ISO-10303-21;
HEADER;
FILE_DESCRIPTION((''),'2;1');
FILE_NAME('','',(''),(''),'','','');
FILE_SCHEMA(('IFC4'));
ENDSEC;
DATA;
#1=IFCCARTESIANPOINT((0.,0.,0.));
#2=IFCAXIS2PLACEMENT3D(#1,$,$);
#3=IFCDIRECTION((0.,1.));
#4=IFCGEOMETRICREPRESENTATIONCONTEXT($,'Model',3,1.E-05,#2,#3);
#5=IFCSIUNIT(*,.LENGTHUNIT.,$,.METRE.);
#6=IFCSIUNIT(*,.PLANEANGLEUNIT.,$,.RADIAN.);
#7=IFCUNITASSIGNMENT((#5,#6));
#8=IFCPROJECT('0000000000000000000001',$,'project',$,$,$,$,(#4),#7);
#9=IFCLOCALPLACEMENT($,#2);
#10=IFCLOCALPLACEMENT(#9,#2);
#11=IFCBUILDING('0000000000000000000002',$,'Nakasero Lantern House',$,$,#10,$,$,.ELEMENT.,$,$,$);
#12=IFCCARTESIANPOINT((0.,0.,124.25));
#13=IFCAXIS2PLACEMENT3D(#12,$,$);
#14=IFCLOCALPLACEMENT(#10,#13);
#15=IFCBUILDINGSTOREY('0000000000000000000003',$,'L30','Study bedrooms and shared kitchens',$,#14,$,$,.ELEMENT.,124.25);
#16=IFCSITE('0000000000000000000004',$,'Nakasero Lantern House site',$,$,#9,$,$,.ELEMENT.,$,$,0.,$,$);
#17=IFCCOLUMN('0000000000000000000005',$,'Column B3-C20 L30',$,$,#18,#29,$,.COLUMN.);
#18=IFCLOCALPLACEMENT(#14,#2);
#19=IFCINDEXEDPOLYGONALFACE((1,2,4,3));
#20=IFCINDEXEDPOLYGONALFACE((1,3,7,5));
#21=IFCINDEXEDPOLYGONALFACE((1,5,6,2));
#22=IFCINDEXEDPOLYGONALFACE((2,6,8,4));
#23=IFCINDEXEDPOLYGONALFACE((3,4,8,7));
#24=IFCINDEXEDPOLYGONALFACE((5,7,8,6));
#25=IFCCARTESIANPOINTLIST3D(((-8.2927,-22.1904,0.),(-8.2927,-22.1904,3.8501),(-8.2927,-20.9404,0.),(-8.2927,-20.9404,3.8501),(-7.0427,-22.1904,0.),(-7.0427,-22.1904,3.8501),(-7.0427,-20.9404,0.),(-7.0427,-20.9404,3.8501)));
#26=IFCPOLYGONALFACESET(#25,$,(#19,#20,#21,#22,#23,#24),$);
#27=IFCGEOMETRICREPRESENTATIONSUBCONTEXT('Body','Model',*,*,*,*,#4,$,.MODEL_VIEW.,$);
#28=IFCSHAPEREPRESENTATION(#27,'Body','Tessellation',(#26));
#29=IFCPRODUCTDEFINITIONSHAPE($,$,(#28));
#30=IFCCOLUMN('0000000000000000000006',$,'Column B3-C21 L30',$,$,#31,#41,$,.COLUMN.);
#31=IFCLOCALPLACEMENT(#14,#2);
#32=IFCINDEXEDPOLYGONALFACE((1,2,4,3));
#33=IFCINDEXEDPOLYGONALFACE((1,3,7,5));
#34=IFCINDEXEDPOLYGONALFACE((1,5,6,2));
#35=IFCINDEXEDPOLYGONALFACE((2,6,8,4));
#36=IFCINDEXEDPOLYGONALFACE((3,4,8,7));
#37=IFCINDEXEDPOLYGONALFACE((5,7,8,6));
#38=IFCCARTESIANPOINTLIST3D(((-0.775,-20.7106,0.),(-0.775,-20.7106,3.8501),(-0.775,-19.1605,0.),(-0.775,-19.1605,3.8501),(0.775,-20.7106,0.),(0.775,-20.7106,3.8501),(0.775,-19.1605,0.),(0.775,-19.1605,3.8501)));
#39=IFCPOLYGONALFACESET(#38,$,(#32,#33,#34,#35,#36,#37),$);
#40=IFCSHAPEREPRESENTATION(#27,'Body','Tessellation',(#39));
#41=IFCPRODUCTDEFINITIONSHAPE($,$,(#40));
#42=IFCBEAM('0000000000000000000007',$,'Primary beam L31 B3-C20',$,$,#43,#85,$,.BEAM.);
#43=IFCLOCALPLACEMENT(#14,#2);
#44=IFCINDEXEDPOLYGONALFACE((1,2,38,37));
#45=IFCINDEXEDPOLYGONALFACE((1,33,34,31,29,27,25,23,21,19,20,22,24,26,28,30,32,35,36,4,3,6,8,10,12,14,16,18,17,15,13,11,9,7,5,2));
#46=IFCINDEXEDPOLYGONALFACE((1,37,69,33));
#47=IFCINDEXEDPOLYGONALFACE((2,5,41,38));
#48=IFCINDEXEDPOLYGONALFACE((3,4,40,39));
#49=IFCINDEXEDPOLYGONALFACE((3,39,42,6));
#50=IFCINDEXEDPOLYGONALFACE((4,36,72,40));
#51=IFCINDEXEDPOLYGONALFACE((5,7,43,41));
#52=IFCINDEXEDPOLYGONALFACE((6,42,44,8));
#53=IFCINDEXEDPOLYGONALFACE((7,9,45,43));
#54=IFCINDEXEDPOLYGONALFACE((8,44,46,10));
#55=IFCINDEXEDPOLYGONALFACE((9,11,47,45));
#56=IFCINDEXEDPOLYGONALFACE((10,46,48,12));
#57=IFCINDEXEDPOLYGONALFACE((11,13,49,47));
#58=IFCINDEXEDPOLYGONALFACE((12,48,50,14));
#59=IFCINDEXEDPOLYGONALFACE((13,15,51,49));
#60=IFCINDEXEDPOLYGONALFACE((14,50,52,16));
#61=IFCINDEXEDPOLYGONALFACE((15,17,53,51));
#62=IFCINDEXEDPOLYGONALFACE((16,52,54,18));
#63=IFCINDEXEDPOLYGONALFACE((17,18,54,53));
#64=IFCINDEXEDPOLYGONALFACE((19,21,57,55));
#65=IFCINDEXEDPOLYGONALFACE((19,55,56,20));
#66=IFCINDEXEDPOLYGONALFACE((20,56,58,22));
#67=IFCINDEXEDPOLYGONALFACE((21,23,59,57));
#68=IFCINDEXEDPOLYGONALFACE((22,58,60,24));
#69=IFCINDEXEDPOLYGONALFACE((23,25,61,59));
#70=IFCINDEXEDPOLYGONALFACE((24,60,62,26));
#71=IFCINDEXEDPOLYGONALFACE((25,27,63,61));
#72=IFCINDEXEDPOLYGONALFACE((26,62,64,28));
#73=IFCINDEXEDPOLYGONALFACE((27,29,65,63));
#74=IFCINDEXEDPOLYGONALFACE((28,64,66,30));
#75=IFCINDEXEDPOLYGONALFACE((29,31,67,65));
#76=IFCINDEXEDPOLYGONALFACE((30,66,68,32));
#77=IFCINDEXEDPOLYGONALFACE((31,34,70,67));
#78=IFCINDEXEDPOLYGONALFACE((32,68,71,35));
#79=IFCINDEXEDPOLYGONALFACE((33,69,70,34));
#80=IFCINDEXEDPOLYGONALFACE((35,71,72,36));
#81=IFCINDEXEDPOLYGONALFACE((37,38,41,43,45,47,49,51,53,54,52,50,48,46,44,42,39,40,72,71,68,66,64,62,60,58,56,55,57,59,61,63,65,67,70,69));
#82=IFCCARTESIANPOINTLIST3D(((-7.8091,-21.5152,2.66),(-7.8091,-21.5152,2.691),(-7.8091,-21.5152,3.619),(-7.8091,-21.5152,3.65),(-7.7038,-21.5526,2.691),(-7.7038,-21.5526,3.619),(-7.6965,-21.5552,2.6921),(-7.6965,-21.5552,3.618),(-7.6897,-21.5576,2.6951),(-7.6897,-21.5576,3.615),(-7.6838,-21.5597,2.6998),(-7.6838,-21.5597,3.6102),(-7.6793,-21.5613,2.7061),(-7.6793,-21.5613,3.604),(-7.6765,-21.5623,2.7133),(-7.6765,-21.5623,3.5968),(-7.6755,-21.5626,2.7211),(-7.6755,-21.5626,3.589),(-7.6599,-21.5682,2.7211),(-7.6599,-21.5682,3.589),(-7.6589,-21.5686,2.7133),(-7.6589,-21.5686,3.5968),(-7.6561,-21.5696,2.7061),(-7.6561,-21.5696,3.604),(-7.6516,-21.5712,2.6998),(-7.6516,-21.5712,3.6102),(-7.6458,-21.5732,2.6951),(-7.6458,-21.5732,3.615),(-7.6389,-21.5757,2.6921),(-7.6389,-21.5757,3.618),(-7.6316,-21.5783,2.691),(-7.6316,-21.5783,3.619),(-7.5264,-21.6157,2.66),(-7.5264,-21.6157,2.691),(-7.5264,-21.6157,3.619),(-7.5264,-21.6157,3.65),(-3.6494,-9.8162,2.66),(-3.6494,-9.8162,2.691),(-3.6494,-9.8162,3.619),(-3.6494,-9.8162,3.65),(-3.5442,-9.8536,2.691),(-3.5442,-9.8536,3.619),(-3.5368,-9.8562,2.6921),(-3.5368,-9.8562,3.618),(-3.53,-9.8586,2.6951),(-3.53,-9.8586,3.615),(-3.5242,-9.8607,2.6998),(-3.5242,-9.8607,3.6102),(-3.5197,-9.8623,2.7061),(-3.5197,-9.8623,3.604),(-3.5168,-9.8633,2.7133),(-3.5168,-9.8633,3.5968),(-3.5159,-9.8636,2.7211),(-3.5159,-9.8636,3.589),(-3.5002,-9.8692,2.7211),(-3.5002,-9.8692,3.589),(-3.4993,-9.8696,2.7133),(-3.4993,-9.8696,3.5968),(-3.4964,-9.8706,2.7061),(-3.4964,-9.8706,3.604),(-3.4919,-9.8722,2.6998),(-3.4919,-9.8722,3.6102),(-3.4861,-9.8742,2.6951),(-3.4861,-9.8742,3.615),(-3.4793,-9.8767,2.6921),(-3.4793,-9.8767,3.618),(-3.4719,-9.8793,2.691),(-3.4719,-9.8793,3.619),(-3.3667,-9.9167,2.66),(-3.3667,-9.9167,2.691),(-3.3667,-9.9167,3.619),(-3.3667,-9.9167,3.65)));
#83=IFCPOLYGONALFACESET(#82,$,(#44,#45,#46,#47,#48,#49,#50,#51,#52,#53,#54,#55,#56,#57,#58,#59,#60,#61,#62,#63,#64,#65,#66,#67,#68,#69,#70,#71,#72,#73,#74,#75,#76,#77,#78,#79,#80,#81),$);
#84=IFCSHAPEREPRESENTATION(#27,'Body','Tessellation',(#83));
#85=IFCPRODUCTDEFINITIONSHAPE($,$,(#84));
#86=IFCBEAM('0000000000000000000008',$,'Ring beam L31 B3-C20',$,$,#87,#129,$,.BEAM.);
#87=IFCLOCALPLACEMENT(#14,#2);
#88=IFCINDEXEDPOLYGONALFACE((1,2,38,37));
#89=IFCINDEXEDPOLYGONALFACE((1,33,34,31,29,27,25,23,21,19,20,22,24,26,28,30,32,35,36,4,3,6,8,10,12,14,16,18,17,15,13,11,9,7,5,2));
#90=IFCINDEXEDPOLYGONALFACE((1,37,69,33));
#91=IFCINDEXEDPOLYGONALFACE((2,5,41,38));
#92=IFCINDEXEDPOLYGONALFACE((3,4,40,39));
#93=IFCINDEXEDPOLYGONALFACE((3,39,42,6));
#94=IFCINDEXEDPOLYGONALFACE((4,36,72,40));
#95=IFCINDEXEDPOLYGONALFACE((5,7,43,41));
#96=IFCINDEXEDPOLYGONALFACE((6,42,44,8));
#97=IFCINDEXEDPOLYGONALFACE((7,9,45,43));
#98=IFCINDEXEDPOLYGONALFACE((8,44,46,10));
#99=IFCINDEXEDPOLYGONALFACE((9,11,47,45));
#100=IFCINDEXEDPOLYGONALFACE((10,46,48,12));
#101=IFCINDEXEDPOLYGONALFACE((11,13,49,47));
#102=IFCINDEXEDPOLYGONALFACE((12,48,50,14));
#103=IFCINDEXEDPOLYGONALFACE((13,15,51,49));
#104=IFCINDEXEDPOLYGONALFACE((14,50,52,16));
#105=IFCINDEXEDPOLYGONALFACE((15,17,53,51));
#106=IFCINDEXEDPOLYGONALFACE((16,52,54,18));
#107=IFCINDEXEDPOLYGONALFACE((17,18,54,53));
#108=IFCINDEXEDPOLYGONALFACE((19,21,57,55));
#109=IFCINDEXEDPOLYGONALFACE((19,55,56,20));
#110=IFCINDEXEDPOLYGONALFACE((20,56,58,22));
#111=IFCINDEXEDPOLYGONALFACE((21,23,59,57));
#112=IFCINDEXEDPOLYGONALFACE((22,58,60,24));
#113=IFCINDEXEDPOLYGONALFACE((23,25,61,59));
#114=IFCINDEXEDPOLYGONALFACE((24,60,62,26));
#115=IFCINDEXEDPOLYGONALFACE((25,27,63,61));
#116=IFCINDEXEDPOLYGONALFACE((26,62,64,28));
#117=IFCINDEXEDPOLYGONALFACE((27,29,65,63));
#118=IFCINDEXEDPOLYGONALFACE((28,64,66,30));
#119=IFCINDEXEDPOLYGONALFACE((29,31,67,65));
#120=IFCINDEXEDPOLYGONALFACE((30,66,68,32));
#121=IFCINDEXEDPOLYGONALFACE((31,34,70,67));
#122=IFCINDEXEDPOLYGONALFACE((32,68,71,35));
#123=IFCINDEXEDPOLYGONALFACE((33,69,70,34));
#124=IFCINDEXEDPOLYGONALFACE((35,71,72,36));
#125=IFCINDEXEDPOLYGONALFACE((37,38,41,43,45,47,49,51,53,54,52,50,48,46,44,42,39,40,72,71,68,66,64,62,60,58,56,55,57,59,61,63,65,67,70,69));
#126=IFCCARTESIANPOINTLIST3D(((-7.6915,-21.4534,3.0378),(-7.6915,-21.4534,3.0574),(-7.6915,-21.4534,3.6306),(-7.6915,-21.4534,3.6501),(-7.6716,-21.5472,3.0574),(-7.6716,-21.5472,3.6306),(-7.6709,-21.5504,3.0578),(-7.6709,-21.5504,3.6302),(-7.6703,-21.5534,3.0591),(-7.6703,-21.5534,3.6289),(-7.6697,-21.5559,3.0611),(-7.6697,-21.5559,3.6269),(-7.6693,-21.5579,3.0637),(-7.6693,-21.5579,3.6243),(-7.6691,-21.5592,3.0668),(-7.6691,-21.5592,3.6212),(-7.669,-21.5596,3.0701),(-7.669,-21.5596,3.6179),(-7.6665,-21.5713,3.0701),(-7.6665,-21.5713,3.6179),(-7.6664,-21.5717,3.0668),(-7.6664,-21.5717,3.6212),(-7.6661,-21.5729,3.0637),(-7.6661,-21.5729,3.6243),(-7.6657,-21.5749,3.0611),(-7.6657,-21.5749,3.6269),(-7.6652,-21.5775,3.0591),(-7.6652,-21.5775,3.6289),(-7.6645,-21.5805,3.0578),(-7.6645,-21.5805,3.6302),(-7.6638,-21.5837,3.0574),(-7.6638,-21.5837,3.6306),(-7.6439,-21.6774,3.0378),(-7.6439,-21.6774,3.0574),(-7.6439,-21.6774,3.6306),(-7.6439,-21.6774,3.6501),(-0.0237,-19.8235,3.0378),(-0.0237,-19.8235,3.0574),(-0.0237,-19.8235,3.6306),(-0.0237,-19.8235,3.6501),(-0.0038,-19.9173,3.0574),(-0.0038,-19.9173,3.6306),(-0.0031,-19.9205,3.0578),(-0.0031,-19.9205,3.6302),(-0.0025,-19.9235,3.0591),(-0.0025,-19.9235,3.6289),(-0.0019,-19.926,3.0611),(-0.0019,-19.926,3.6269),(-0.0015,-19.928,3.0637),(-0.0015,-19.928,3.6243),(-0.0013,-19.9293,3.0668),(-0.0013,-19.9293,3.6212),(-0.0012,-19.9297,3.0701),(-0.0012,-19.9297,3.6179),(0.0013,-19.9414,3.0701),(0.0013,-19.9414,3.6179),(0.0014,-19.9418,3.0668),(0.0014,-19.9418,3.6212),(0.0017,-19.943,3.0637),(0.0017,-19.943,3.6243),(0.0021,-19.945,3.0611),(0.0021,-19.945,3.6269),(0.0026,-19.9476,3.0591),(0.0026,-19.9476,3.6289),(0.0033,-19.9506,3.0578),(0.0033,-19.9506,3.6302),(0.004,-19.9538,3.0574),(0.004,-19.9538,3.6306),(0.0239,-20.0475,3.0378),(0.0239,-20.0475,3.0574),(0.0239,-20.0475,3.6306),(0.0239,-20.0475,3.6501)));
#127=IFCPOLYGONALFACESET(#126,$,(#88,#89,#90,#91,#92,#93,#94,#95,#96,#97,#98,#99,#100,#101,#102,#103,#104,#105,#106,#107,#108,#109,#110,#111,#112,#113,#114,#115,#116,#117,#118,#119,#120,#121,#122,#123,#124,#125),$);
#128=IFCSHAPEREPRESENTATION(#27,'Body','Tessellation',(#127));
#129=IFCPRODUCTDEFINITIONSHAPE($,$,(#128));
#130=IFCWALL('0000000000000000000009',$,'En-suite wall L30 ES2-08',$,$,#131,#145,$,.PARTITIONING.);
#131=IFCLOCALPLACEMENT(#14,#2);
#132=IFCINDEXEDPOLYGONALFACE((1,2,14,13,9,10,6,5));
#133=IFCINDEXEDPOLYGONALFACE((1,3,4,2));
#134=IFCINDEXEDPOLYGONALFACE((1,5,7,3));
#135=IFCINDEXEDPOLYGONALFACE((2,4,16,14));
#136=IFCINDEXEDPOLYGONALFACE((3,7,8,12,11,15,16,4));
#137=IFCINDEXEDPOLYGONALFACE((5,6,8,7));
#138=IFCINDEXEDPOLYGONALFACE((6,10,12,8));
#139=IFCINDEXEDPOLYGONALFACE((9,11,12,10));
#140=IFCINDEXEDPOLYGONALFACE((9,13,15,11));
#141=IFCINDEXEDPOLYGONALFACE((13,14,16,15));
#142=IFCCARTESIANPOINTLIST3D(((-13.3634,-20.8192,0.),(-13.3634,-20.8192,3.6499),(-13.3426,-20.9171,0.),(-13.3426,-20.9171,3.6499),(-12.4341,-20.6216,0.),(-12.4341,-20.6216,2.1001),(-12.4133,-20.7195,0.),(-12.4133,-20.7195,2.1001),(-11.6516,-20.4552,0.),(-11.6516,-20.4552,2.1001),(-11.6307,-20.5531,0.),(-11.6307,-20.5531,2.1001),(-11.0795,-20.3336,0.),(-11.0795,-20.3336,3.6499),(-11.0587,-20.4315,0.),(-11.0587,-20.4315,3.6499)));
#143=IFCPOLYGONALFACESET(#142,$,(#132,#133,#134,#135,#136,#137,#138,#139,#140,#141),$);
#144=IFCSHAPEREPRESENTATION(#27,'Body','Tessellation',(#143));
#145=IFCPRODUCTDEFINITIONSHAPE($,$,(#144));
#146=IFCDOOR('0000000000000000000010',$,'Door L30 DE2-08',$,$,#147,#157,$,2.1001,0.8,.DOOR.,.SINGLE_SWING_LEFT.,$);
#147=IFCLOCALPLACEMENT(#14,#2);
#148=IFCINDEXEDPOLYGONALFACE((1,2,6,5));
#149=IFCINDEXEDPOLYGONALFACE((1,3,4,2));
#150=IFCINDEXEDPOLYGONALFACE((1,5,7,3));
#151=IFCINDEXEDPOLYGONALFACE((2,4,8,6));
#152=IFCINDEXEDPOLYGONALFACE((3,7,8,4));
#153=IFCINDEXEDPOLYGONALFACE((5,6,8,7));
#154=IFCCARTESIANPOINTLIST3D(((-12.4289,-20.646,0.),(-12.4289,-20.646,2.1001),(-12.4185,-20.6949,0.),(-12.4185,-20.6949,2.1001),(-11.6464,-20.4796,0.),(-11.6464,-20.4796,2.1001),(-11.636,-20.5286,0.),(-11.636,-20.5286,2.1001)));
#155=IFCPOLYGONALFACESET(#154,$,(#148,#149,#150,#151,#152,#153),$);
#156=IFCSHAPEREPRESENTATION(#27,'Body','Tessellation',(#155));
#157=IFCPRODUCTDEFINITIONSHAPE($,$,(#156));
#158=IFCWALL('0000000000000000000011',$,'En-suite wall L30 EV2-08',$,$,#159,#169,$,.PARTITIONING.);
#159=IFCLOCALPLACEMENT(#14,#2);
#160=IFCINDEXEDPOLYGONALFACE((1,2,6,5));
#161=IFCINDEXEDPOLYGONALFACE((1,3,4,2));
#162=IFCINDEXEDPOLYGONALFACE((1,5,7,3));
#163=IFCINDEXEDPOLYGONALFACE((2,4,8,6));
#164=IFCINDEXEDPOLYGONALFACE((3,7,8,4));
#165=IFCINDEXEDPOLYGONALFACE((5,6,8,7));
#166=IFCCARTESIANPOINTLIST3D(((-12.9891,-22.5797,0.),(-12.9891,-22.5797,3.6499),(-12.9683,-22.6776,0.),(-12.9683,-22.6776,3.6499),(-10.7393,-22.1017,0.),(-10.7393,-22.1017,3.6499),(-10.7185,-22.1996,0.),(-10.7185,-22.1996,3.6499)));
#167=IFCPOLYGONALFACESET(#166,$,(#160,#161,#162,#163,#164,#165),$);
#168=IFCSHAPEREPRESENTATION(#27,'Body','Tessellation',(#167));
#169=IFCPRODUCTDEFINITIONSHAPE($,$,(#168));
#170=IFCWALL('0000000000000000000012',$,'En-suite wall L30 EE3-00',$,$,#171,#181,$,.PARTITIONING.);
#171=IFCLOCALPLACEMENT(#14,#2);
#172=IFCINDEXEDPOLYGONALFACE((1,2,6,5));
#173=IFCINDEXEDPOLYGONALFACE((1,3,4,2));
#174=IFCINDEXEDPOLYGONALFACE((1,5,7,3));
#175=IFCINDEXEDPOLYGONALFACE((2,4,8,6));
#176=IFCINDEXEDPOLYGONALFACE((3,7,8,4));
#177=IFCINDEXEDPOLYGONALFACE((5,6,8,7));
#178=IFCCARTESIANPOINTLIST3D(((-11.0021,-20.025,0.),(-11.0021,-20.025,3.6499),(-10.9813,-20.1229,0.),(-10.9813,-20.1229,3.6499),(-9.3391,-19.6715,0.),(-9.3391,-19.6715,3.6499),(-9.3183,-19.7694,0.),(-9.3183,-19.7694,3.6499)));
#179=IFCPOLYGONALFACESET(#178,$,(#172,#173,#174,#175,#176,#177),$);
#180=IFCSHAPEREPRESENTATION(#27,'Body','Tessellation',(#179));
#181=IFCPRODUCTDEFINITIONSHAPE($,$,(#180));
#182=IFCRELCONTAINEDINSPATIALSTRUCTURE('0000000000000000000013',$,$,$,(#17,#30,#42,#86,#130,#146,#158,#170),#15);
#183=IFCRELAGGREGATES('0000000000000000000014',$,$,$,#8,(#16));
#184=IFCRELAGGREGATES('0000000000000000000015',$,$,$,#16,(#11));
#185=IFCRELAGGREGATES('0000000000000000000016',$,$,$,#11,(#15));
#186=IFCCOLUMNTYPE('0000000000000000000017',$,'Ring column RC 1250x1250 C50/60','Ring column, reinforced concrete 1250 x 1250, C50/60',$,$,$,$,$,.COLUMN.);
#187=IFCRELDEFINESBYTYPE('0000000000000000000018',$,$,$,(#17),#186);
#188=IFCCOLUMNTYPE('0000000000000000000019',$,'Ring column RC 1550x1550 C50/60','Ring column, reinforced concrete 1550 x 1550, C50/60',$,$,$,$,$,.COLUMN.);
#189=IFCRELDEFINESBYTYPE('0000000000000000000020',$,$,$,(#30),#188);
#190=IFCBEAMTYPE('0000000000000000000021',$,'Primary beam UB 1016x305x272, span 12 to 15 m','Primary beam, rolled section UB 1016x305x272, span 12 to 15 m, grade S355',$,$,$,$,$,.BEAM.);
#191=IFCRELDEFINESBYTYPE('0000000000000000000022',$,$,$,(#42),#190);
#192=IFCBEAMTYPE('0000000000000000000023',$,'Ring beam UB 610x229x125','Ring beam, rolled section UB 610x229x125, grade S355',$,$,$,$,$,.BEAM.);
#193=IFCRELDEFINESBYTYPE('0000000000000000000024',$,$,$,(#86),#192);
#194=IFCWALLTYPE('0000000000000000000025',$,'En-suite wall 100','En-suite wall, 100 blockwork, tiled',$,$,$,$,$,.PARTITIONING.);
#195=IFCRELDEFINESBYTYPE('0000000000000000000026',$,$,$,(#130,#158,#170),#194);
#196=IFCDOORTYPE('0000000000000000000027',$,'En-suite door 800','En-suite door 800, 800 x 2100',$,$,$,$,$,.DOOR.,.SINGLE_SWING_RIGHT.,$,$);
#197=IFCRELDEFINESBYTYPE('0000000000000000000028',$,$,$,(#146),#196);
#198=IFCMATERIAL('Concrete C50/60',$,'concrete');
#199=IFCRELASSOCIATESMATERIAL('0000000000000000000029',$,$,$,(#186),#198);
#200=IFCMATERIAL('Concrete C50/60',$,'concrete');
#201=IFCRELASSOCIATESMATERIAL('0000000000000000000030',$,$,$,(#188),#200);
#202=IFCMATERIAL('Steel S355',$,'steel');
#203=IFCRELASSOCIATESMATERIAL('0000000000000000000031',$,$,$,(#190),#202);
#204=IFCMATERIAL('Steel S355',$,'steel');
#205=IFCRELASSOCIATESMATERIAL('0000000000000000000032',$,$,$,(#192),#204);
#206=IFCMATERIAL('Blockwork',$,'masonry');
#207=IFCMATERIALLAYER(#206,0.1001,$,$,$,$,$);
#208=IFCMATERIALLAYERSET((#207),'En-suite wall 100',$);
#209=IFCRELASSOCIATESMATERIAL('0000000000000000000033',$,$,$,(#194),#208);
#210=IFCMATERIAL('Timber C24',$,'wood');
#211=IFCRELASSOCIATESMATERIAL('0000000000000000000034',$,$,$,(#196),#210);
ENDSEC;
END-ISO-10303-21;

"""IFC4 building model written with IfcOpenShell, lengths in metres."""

from ifc_helpers import new_model, si_unit, direction, frame, frame_2d, origin, origin_2d, place, context, subcontext, project, spatial, rectangle, i_section, extrude, material, layer, layer_set, material_profile, profile_set, type_object, element, fill, save


model = new_model("IFC4")

# Units and contexts
model_context = context("Model", 3, precision=1e-05, world=origin(), true_north=direction((0.0, 1.0)))
body_context = subcontext(model_context, "Body", "Model", "MODEL_VIEW")
ifc_project = project(units=[si_unit("LENGTHUNIT", "METRE"), si_unit("PLANEANGLEUNIT", "RADIAN")], contexts=[model_context])

# Site, building, storey
site_placement = place(None, origin())
site = spatial("IfcSite", under=ifc_project, at=site_placement, Name="Nakasero Lantern House site", CompositionType="ELEMENT", RefElevation=0.0)
building_placement = place(site_placement, origin())
building = spatial("IfcBuilding", under=site, at=building_placement, Name="Nakasero Lantern House", CompositionType="ELEMENT")
storey_placement = place(building_placement, frame((0.0, 0.0, 124.25)))
storey = spatial("IfcBuildingStorey", under=building, at=storey_placement, Name="L30", Description="Study bedrooms and shared kitchens", CompositionType="ELEMENT", Elevation=124.25)

# Columns
ifc_material_1 = material(Name="Concrete C50/60", Category="concrete")
ifc_material_profile_1 = material_profile(ifc_material_1, rectangle(XDim=1.25, YDim=1.25, at=origin_2d()), Name="RC 1250x1250")
ifc_profile_set_1 = profile_set([ifc_material_profile_1], Name="Concrete C50/60")
column_type_1 = type_object("IfcColumnType", Name="Ring column RC 1250x1250 C50/60", Description="Ring column, reinforced concrete 1250 x 1250, C50/60", PredefinedType="COLUMN", material=ifc_profile_set_1)
column_1_placement = place(storey_placement, frame((-7.6677, -21.5654, 0.0), z_axis=(0.0, 0.0, 1.0), x_axis=(1.0, 0.0, 0.0)))
element("IfcColumn", 1, at=column_1_placement, inside=storey, type_object=column_type_1, Name="Column B3-C20 L30", PredefinedType="COLUMN", context=body_context, shape_type="SweptSolid", body=[
    extrude(rectangle(XDim=1.25, YDim=1.25, at=origin_2d()), origin(), (0.0, 0.0, 1.0), 3.8501),
])
ifc_material_2 = material(Name="Concrete C50/60", Category="concrete")
ifc_material_profile_2 = material_profile(ifc_material_2, rectangle(XDim=1.55, YDim=1.55, at=origin_2d()), Name="RC 1550x1550")
ifc_profile_set_2 = profile_set([ifc_material_profile_2], Name="Concrete C50/60")
column_type_2 = type_object("IfcColumnType", Name="Ring column RC 1550x1550 C50/60", Description="Ring column, reinforced concrete 1550 x 1550, C50/60", PredefinedType="COLUMN", material=ifc_profile_set_2)
column_2_placement = place(storey_placement, frame((0.0, -19.9355, 0.0), z_axis=(0.0, 0.0, 1.0), x_axis=(1.0, 0.0, 0.0)))
element("IfcColumn", 2, at=column_2_placement, inside=storey, type_object=column_type_2, Name="Column B3-C21 L30", PredefinedType="COLUMN", context=body_context, shape_type="SweptSolid", body=[
    extrude(rectangle(XDim=1.55, YDim=1.55, at=origin_2d()), origin(), (0.0, 0.0, 1.0), 3.8501),
])

# Beams
ifc_material_3 = material(Name="Steel S355", Category="steel")
ifc_material_profile_3 = material_profile(ifc_material_3, i_section(OverallWidth=0.3, OverallDepth=0.99, WebThickness=0.0166, FlangeThickness=0.031, FilletRadius=0.03, at=origin_2d()), Name="UB 1016x305x272")
ifc_profile_set_3 = profile_set([ifc_material_profile_3], Name="Steel S355")
beam_type_1 = type_object("IfcBeamType", Name="Primary beam UB 1016x305x272, span 12 to 15 m", Description="Primary beam, rolled section UB 1016x305x272, span 12 to 15 m, grade S355", PredefinedType="BEAM", material=ifc_profile_set_3)
beam_1_placement = place(storey_placement, frame((-7.6677, -21.5654, 3.155), z_axis=(0.335012, 0.942214, 0.0), x_axis=(-0.942214, 0.335012, 0.0)))
element("IfcBeam", 3, at=beam_1_placement, inside=storey, type_object=beam_type_1, Name="Primary beam L31 B3-C20", PredefinedType="BEAM", context=body_context, shape_type="SweptSolid", body=[
    extrude(i_section(OverallWidth=0.3, OverallDepth=0.99, WebThickness=0.0166, FlangeThickness=0.031, FilletRadius=0.03, at=origin_2d()), origin(), (0.0, 0.0, 1.0), 12.4165),
])
ifc_material_4 = material(Name="Steel S355", Category="steel")
ifc_material_profile_4 = material_profile(ifc_material_4, i_section(OverallWidth=0.229, OverallDepth=0.6123, WebThickness=0.012, FlangeThickness=0.0195, FilletRadius=0.0127, at=origin_2d()), Name="UB 610x229x125")
ifc_profile_set_4 = profile_set([ifc_material_profile_4], Name="Steel S355")
beam_type_2 = type_object("IfcBeamType", Name="Ring beam UB 610x229x125", Description="Ring beam, rolled section UB 610x229x125, grade S355", PredefinedType="BEAM", material=ifc_profile_set_4)
beam_2_placement = place(storey_placement, frame((-7.6677, -21.5654, 3.344), z_axis=(0.978146, 0.207919, 0.0), x_axis=(-0.207919, 0.978146, 0.0)))
element("IfcBeam", 4, at=beam_2_placement, inside=storey, type_object=beam_type_2, Name="Ring beam L31 B3-C20", PredefinedType="BEAM", context=body_context, shape_type="SweptSolid", body=[
    extrude(i_section(OverallWidth=0.229, OverallDepth=0.6123, WebThickness=0.012, FlangeThickness=0.0195, FilletRadius=0.0127, at=origin_2d()), origin(), (0.0, 0.0, 1.0), 7.8391),
])

# Wall, opening, door
ifc_material_5 = material(Name="Blockwork", Category="masonry")
ifc_layer_1 = layer(ifc_material_5, 0.1001)
ifc_layer_set_1 = layer_set([ifc_layer_1], Name="En-suite wall 100")
wall_type_1 = type_object("IfcWallType", Name="En-suite wall 100", Description="En-suite wall, 100 blockwork, tiled", PredefinedType="PARTITIONING", material=ifc_layer_set_1)
wall_1_placement = place(storey_placement, frame((-11.0691, -20.3826, 0.0), z_axis=(0.0, 0.0, 1.0), x_axis=(-0.978136, -0.207965, 0.0)))
wall_1 = element("IfcWall", 5, at=wall_1_placement, inside=storey, type_object=wall_type_1, Name="En-suite wall L30 ES2-08", PredefinedType="PARTITIONING", context=body_context, shape_type="SweptSolid", body=[
    extrude(rectangle(XDim=2.335, YDim=0.1001, at=frame_2d((1.1675, 0.0))), origin(), (0.0, 0.0, 1.0), 3.6499),
])
opening_1_placement = place(wall_1_placement, frame((0.585, 0.0, 0.0)))
opening_1 = element("IfcOpeningElement", 6, at=opening_1_placement, cuts=wall_1, PredefinedType="OPENING", context=body_context, shape_type="SweptSolid", body=[
    extrude(rectangle(XDim=0.8, YDim=2.1001, at=frame_2d((0.3999, 1.05))), frame((0.0, 0.0701, 0.0), z_axis=(0.0, -1.0, 0.0), x_axis=(1.0, 0.0, 0.0)), (0.0, 0.0, 1.0), 0.1401),
])
ifc_material_6 = material(Name="Timber C24", Category="wood")
door_type_1 = type_object("IfcDoorType", Name="En-suite door 800", Description="En-suite door 800, 800 x 2100", OperationType="SINGLE_SWING_RIGHT", PredefinedType="DOOR", material=ifc_material_6)
door_1_placement = place(opening_1_placement, origin())
door_1 = element("IfcDoor", 7, at=door_1_placement, inside=storey, type_object=door_type_1, Name="Door L30 DE2-08", OperationType="SINGLE_SWING_LEFT", OverallHeight=2.1001, OverallWidth=0.8, PredefinedType="DOOR", context=body_context, shape_type="SweptSolid", body=[
    extrude(rectangle(XDim=0.8, YDim=2.1001, at=frame_2d((0.3999, 1.05))), frame((0.0, 0.0249, 0.0), z_axis=(0.0, -1.0, 0.0), x_axis=(1.0, 0.0, 0.0)), (0.0, 0.0, 1.0), 0.05),
])
fill(opening_1, door_1)

# Walls
wall_2_placement = place(storey_placement, frame((-10.729, -22.1506, 0.0), z_axis=(0.0, 0.0, 1.0), x_axis=(-0.978163, -0.20784, 0.0)))
element("IfcWall", 8, at=wall_2_placement, inside=storey, type_object=wall_type_1, Name="En-suite wall L30 EV2-08", PredefinedType="PARTITIONING", context=body_context, shape_type="SweptSolid", body=[
    extrude(rectangle(XDim=2.3, YDim=0.1001, at=frame_2d((1.1499, 0.0))), origin(), (0.0, 0.0, 1.0), 3.6499),
])
wall_3_placement = place(storey_placement, frame((-10.9917, -20.074, 0.0), z_axis=(0.0, 0.0, 1.0), x_axis=(0.978146, 0.207921, 0.0)))
element("IfcWall", 9, at=wall_3_placement, inside=storey, type_object=wall_type_1, Name="En-suite wall L30 EE3-00", PredefinedType="PARTITIONING", context=body_context, shape_type="SweptSolid", body=[
    extrude(rectangle(XDim=1.7002, YDim=0.1001, at=frame_2d((0.8501, 0.0))), origin(), (0.0, 0.0, 1.0), 3.6499),
])

save(model, "model.ifc")
